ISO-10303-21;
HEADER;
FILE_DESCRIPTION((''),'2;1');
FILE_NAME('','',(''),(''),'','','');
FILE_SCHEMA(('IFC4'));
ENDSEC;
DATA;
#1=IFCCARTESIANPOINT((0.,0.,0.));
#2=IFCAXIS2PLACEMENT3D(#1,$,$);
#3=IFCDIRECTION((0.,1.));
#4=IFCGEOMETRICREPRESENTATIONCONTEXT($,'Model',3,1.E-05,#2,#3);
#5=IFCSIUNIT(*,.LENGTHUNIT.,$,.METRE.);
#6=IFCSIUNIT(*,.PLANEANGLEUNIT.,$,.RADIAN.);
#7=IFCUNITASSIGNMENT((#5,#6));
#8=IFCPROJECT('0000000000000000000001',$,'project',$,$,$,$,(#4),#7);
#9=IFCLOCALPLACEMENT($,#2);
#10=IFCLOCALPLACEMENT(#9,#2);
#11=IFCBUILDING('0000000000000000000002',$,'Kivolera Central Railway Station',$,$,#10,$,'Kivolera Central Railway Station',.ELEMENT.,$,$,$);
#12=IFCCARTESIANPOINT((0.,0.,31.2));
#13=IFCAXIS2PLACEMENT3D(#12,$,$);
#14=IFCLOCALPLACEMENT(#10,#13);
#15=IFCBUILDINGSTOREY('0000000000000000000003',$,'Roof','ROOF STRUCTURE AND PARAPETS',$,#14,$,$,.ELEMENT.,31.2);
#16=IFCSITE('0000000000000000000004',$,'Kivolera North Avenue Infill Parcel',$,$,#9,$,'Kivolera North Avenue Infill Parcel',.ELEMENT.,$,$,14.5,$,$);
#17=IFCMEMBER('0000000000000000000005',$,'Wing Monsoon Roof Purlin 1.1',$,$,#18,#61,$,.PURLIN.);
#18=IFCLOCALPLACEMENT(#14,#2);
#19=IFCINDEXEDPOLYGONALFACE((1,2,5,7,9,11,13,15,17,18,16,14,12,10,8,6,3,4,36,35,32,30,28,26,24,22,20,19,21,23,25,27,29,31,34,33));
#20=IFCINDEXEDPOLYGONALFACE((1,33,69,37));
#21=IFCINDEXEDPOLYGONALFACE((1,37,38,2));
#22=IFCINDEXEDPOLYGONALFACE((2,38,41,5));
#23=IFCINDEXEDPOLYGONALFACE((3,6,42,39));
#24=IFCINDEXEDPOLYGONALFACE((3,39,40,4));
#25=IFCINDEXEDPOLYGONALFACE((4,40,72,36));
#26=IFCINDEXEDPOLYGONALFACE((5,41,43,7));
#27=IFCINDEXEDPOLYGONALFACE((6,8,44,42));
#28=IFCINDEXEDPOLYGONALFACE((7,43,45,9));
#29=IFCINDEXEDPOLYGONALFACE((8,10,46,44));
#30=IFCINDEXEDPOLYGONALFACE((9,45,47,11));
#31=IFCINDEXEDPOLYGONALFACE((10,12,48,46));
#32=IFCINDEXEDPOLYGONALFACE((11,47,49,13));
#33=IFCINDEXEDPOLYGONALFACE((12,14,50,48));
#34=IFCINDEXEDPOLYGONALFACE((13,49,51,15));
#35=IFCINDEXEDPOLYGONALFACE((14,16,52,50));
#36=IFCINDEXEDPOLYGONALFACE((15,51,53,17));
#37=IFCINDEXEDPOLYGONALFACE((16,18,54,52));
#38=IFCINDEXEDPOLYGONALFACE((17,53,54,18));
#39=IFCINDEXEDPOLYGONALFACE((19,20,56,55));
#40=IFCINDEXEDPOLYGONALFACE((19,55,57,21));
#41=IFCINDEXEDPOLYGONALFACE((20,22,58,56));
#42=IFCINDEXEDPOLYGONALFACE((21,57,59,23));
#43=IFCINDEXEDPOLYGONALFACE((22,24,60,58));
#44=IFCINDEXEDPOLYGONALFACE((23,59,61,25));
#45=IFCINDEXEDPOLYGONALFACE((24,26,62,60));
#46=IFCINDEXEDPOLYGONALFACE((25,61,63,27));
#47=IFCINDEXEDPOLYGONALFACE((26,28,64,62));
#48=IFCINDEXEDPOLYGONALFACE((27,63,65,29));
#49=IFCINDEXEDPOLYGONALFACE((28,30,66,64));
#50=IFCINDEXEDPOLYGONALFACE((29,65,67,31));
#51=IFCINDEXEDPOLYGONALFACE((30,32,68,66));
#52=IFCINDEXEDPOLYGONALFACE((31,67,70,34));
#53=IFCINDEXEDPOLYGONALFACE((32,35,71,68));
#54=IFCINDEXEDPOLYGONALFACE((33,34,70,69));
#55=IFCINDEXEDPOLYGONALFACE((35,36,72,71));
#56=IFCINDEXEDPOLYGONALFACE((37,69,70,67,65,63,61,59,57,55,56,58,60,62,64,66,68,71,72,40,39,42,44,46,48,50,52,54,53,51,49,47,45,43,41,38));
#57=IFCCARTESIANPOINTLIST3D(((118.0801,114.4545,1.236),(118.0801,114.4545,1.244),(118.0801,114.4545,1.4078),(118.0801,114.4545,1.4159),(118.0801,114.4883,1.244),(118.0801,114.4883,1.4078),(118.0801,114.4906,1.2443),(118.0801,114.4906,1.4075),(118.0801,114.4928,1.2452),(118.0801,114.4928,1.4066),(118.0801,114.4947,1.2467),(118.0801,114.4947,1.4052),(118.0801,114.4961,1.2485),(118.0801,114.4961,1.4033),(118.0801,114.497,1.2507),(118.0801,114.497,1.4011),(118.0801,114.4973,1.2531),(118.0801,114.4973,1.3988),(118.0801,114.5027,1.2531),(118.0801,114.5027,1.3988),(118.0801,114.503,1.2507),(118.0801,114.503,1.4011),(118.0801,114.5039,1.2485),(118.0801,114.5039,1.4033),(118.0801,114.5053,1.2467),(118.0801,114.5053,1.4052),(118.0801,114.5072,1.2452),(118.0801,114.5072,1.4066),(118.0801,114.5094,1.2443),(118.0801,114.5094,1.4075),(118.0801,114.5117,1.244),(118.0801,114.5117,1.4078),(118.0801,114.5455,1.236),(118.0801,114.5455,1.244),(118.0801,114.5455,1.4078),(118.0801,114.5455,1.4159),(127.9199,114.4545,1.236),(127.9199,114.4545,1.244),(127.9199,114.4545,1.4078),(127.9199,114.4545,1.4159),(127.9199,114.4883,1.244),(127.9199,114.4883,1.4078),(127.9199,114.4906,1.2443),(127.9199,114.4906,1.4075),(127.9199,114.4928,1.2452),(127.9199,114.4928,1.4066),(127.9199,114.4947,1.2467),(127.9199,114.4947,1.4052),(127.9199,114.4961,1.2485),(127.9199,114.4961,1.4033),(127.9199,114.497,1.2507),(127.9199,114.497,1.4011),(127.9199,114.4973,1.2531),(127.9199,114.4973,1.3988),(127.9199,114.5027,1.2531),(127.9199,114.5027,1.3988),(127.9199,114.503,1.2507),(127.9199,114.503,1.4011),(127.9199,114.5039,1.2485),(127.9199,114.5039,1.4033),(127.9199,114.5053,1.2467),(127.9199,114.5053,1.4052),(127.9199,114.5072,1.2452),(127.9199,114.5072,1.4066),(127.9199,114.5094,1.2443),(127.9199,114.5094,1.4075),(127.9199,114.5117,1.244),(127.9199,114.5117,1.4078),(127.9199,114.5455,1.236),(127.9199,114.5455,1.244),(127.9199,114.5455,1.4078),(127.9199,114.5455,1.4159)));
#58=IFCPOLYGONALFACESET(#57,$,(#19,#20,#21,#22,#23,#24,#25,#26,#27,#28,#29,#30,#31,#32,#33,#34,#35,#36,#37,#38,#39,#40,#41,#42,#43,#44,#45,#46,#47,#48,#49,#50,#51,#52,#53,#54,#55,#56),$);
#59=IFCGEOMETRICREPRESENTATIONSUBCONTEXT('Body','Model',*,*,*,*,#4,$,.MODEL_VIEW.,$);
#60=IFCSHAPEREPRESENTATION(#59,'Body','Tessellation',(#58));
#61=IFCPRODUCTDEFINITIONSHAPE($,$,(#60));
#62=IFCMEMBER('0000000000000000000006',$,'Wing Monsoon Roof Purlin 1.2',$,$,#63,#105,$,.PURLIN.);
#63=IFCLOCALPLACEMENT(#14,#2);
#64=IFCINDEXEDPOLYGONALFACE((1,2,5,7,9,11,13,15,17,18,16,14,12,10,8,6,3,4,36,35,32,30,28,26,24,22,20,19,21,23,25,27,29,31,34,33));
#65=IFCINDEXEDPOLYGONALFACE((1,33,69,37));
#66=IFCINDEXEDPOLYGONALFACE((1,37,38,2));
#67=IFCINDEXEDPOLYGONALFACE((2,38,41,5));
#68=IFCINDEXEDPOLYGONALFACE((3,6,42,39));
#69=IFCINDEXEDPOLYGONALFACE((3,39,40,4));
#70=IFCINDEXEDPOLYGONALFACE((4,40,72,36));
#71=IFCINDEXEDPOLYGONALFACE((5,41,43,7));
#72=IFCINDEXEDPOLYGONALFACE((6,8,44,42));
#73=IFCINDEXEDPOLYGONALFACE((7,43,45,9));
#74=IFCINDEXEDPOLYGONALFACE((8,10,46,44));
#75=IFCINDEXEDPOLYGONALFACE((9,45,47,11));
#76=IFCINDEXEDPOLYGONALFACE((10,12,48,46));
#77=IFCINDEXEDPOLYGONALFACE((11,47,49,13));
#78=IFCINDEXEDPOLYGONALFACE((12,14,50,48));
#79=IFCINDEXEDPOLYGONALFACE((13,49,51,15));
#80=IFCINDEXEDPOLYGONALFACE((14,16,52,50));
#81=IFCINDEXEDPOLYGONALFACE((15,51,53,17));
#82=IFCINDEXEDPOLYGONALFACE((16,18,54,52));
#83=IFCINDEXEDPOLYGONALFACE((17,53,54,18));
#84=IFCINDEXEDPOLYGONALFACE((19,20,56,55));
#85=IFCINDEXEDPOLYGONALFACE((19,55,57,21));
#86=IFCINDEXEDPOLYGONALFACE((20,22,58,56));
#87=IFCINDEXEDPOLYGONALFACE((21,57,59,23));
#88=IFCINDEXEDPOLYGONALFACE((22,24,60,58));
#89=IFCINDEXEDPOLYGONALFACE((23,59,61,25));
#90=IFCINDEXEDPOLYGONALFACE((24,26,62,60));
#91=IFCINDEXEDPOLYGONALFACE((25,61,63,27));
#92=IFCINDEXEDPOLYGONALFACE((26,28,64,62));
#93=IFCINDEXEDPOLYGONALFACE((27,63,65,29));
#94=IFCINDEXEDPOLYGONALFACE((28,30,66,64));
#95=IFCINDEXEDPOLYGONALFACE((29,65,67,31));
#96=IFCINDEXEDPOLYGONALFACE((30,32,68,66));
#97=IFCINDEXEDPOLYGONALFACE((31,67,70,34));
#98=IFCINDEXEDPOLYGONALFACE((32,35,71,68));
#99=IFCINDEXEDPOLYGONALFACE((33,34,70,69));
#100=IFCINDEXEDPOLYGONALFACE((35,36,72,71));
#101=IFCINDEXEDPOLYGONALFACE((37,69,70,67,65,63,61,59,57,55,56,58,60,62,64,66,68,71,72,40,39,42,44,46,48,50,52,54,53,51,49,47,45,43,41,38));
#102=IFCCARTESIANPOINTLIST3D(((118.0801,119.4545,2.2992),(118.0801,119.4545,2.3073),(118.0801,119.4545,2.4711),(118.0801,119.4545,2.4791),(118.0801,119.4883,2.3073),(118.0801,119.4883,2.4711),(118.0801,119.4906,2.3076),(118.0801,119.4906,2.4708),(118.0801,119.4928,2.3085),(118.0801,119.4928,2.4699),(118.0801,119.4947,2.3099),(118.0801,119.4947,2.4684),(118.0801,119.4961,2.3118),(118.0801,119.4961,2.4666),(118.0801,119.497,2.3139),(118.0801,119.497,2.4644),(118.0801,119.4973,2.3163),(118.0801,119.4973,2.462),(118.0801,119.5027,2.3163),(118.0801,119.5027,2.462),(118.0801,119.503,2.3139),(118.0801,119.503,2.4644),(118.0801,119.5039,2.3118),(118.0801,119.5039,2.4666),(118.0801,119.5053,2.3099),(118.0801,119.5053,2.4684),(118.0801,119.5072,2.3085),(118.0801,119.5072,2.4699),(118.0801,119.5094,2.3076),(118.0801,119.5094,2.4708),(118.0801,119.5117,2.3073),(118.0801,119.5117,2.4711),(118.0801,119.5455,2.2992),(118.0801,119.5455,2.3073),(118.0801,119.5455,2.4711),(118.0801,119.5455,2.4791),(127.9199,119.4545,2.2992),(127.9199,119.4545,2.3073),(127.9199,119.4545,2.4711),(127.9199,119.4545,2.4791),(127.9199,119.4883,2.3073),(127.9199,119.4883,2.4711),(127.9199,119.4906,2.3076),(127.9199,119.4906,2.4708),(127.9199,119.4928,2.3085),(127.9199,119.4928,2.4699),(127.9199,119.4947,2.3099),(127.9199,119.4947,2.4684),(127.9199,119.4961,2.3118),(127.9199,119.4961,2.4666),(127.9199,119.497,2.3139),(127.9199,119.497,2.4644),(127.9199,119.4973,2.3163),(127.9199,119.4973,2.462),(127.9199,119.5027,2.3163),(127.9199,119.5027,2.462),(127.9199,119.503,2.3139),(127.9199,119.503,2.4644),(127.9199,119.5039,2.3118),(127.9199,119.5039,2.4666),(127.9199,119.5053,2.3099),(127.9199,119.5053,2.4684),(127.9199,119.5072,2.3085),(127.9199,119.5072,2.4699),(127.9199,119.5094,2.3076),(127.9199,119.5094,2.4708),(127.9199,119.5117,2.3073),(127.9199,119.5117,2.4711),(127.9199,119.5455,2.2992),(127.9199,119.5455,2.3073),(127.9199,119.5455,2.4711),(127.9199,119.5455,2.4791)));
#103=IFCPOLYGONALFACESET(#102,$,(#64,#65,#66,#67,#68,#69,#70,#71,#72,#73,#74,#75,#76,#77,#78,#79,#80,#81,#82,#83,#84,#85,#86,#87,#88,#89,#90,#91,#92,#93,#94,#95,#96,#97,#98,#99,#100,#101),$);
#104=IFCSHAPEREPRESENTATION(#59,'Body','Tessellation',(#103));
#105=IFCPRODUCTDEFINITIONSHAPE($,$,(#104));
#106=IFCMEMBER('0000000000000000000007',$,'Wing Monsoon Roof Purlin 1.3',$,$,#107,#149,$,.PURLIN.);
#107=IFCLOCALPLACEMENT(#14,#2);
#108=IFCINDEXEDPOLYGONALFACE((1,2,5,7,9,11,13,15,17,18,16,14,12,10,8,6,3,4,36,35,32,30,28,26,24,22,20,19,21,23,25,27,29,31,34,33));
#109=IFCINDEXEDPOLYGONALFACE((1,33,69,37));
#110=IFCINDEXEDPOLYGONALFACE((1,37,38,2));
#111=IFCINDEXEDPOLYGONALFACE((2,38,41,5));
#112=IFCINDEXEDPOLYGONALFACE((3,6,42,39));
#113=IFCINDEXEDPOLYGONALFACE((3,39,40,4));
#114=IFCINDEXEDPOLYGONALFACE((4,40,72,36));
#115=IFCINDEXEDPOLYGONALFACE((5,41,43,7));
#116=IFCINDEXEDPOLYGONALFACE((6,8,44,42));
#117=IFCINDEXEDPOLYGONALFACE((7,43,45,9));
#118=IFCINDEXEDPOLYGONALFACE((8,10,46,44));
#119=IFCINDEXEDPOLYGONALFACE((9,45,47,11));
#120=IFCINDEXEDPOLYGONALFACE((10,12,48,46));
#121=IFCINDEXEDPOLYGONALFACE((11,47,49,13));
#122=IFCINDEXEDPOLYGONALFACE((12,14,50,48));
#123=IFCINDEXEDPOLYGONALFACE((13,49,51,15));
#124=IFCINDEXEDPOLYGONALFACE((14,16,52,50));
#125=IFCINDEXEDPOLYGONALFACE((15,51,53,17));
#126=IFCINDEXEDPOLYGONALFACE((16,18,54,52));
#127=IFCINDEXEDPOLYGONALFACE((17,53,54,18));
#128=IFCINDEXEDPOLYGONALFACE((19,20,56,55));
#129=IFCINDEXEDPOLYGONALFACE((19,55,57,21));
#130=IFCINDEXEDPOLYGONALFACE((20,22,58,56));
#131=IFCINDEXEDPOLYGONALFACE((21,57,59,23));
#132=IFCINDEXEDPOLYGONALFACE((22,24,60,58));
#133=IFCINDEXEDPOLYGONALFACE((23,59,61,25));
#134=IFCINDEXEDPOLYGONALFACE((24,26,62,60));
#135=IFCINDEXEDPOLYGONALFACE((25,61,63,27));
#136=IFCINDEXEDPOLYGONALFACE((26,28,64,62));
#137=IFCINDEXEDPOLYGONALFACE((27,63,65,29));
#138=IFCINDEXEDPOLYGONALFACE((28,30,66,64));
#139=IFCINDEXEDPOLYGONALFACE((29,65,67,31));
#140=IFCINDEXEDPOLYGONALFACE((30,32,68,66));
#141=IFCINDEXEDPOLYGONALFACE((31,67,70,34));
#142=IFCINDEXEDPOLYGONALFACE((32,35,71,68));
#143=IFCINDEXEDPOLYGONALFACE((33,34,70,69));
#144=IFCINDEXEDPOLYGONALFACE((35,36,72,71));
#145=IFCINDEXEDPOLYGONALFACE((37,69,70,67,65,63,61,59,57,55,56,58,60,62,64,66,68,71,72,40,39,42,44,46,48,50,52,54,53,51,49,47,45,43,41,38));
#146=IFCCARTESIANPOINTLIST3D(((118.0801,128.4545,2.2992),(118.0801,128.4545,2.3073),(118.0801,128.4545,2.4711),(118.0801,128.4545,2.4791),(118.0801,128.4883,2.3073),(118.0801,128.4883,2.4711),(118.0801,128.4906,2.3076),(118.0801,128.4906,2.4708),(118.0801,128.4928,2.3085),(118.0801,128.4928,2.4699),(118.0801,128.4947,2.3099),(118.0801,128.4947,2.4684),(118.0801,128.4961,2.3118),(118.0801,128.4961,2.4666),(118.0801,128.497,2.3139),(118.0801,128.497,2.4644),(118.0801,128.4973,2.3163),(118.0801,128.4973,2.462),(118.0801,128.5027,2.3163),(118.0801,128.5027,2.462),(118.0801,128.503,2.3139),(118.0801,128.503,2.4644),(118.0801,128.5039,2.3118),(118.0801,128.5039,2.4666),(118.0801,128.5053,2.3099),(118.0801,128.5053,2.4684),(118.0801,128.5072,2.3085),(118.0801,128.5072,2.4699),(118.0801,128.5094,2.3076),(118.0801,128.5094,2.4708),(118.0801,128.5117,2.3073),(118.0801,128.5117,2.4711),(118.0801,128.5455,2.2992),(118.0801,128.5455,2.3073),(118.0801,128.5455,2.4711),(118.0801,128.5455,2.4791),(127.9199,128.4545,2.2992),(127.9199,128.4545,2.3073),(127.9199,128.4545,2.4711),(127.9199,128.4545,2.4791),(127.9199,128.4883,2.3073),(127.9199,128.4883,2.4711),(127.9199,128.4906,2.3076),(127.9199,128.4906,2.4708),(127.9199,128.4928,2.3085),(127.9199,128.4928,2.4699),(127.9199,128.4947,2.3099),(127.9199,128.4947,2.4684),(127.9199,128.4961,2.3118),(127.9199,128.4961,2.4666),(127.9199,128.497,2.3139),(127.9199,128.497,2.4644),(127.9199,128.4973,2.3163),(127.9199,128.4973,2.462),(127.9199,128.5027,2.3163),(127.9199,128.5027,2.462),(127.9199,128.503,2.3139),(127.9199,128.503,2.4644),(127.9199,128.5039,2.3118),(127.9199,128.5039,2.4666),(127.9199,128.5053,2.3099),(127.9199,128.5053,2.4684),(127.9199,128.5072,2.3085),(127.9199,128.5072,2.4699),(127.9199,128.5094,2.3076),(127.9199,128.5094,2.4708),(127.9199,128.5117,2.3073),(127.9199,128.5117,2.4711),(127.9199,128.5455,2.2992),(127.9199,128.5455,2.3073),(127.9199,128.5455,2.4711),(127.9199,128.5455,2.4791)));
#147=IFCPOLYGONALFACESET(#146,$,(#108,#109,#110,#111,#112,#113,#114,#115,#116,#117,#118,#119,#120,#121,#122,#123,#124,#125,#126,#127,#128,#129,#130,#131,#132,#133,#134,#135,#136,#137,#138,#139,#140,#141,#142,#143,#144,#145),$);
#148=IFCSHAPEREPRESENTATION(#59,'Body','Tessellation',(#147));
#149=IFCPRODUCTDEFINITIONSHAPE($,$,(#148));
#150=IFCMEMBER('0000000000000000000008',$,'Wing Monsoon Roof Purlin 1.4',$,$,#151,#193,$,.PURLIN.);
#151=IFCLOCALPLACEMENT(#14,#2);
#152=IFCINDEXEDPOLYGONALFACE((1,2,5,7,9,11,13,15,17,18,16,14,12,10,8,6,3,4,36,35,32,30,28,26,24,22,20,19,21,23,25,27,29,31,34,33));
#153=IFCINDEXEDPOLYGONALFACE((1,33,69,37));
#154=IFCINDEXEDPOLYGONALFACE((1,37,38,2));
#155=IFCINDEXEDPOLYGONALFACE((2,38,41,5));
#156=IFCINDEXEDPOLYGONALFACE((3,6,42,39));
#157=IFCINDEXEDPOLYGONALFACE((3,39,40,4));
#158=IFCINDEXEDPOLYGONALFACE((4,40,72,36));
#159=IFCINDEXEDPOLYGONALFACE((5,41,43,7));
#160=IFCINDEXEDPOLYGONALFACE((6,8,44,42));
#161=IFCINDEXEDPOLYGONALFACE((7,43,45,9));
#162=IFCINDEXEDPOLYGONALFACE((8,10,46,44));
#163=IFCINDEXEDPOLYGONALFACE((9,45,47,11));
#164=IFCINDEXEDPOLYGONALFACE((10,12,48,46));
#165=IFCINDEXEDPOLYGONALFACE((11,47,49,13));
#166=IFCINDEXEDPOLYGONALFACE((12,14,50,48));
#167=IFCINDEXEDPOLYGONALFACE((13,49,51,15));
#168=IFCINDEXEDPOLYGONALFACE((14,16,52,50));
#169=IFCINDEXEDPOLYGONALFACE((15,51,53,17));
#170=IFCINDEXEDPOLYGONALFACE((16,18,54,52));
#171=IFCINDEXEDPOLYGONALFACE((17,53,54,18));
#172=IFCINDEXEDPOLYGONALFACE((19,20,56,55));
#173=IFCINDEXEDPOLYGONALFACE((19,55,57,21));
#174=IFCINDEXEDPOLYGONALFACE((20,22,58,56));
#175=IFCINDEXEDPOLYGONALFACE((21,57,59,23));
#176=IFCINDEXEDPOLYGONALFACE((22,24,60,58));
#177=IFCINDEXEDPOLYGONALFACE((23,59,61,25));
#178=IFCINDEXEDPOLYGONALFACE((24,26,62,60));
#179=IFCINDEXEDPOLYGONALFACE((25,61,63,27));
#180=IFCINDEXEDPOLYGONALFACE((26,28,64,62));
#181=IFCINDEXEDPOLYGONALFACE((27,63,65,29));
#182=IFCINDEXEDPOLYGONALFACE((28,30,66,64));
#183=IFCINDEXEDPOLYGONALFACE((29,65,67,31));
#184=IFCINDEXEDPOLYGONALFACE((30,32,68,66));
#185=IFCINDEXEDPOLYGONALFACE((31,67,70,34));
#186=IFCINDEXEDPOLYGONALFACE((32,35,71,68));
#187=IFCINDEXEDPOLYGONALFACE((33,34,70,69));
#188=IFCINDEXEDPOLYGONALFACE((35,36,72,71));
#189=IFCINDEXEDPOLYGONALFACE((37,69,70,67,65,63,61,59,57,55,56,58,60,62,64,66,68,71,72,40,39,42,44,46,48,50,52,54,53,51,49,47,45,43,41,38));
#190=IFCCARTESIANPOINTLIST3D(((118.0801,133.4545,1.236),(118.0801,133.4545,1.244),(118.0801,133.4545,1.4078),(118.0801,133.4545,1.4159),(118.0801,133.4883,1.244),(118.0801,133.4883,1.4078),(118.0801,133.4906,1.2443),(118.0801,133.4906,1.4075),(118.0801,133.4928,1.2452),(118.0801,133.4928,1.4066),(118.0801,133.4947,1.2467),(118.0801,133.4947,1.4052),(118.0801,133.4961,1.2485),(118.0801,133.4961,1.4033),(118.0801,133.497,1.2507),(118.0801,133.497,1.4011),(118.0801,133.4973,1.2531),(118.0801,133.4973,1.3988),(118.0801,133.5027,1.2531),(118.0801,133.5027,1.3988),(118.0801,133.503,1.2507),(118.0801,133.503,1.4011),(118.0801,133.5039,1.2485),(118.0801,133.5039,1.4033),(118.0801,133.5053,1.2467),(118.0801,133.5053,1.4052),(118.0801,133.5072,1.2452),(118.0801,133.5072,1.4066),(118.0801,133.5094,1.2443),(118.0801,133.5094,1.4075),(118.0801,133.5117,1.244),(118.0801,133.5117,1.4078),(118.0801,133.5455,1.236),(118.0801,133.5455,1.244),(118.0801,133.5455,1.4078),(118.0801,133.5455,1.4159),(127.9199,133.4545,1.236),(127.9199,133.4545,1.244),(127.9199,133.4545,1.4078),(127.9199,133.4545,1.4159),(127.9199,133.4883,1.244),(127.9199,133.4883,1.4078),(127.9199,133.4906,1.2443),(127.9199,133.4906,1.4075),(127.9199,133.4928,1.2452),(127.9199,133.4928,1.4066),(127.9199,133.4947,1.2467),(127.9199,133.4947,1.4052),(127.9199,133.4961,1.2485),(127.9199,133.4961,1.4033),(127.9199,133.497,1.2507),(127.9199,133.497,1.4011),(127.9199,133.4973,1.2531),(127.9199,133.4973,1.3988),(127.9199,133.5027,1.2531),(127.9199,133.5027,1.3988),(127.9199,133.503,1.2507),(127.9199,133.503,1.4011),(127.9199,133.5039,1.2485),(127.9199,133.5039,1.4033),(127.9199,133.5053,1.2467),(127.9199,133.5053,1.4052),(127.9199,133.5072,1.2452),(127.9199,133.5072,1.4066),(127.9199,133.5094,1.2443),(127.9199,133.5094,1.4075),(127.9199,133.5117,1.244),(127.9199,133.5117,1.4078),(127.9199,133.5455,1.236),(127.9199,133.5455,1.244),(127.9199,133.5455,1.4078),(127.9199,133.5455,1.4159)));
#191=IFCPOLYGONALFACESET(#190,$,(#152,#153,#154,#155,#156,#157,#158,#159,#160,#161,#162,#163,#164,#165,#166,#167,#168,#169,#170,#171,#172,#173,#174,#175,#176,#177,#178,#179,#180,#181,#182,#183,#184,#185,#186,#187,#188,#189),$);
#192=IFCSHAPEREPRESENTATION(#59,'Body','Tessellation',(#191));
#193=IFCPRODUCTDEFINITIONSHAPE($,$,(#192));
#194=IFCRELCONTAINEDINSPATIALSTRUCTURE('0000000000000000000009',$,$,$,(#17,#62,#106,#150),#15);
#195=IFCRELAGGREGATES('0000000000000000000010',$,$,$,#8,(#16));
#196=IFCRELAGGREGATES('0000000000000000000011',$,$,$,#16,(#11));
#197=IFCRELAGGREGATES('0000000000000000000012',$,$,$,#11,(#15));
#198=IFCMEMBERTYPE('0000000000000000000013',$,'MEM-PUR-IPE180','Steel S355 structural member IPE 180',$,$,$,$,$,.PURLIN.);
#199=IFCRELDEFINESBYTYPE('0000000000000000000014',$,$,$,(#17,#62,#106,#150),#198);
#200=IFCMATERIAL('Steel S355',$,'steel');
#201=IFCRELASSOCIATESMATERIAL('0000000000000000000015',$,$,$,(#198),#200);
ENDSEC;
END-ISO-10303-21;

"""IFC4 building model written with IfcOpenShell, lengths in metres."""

from ifc_helpers import new_model, si_unit, direction, frame, origin, origin_2d, place, context, subcontext, project, spatial, i_section, extrude, material, material_profile, profile_set, type_object, element, save


model = new_model("IFC4")

# Units and contexts
model_context = context("Model", 3, precision=1e-05, world=origin(), true_north=direction((0.0, 1.0)))
body_context = subcontext(model_context, "Body", "Model", "MODEL_VIEW")
ifc_project = project(units=[si_unit("LENGTHUNIT", "METRE"), si_unit("PLANEANGLEUNIT", "RADIAN")], contexts=[model_context])

# Site, building, storey
site_placement = place(None, origin())
site = spatial("IfcSite", under=ifc_project, at=site_placement, Name="Kivolera North Avenue Infill Parcel", LongName="Kivolera North Avenue Infill Parcel", CompositionType="ELEMENT", RefElevation=14.5)
building_placement = place(site_placement, origin())
building = spatial("IfcBuilding", under=site, at=building_placement, Name="Kivolera Central Railway Station", LongName="Kivolera Central Railway Station", CompositionType="ELEMENT")
storey_placement = place(building_placement, frame((0.0, 0.0, 31.2)))
storey = spatial("IfcBuildingStorey", under=building, at=storey_placement, Name="Roof", Description="ROOF STRUCTURE AND PARAPETS", CompositionType="ELEMENT", Elevation=31.2)

# Shared definitions
ifc_material_1 = material(Name="Steel S355", Category="steel")

# Members
ifc_material_profile_1 = material_profile(ifc_material_1, i_section(OverallWidth=0.0911, OverallDepth=0.1799, WebThickness=0.0054, FlangeThickness=0.0081, FilletRadius=0.009, at=origin_2d()), Name="IPE 180")
ifc_profile_set_1 = profile_set([ifc_material_profile_1], Name="Steel S355")
member_type_1 = type_object("IfcMemberType", Name="MEM-PUR-IPE180", Description="Steel S355 structural member IPE 180", PredefinedType="PURLIN", material=ifc_profile_set_1)
for number, where, z_axis, x_axis, name in (
    (1, (118.0801, 114.5, 1.3259), (1.0, 0.0, 0.0), (0.0, 1.0, 0.0), "Wing Monsoon Roof Purlin 1.1"),
    (2, (118.0801, 119.5, 2.3892), (1.0, 0.0, 0.0), (0.0, 1.0, 0.0), "Wing Monsoon Roof Purlin 1.2"),
    (3, (118.0801, 128.5, 2.3892), (1.0, 0.0, 0.0), (0.0, 1.0, 0.0), "Wing Monsoon Roof Purlin 1.3"),
    (4, (118.0801, 133.5, 1.3259), (1.0, 0.0, 0.0), (0.0, 1.0, 0.0), "Wing Monsoon Roof Purlin 1.4"),
):
    element("IfcMember", number, at=place(storey_placement, frame(where, z_axis=z_axis, x_axis=x_axis)), inside=storey, type_object=member_type_1, Name=name, PredefinedType="PURLIN", context=body_context, shape_type="SweptSolid", body=[
        extrude(i_section(OverallWidth=0.0911, OverallDepth=0.1799, WebThickness=0.0054, FlangeThickness=0.0081, FilletRadius=0.009, at=origin_2d()), origin(), (0.0, 0.0, 1.0), 9.8398),
    ])

save(model, "model.ifc")
